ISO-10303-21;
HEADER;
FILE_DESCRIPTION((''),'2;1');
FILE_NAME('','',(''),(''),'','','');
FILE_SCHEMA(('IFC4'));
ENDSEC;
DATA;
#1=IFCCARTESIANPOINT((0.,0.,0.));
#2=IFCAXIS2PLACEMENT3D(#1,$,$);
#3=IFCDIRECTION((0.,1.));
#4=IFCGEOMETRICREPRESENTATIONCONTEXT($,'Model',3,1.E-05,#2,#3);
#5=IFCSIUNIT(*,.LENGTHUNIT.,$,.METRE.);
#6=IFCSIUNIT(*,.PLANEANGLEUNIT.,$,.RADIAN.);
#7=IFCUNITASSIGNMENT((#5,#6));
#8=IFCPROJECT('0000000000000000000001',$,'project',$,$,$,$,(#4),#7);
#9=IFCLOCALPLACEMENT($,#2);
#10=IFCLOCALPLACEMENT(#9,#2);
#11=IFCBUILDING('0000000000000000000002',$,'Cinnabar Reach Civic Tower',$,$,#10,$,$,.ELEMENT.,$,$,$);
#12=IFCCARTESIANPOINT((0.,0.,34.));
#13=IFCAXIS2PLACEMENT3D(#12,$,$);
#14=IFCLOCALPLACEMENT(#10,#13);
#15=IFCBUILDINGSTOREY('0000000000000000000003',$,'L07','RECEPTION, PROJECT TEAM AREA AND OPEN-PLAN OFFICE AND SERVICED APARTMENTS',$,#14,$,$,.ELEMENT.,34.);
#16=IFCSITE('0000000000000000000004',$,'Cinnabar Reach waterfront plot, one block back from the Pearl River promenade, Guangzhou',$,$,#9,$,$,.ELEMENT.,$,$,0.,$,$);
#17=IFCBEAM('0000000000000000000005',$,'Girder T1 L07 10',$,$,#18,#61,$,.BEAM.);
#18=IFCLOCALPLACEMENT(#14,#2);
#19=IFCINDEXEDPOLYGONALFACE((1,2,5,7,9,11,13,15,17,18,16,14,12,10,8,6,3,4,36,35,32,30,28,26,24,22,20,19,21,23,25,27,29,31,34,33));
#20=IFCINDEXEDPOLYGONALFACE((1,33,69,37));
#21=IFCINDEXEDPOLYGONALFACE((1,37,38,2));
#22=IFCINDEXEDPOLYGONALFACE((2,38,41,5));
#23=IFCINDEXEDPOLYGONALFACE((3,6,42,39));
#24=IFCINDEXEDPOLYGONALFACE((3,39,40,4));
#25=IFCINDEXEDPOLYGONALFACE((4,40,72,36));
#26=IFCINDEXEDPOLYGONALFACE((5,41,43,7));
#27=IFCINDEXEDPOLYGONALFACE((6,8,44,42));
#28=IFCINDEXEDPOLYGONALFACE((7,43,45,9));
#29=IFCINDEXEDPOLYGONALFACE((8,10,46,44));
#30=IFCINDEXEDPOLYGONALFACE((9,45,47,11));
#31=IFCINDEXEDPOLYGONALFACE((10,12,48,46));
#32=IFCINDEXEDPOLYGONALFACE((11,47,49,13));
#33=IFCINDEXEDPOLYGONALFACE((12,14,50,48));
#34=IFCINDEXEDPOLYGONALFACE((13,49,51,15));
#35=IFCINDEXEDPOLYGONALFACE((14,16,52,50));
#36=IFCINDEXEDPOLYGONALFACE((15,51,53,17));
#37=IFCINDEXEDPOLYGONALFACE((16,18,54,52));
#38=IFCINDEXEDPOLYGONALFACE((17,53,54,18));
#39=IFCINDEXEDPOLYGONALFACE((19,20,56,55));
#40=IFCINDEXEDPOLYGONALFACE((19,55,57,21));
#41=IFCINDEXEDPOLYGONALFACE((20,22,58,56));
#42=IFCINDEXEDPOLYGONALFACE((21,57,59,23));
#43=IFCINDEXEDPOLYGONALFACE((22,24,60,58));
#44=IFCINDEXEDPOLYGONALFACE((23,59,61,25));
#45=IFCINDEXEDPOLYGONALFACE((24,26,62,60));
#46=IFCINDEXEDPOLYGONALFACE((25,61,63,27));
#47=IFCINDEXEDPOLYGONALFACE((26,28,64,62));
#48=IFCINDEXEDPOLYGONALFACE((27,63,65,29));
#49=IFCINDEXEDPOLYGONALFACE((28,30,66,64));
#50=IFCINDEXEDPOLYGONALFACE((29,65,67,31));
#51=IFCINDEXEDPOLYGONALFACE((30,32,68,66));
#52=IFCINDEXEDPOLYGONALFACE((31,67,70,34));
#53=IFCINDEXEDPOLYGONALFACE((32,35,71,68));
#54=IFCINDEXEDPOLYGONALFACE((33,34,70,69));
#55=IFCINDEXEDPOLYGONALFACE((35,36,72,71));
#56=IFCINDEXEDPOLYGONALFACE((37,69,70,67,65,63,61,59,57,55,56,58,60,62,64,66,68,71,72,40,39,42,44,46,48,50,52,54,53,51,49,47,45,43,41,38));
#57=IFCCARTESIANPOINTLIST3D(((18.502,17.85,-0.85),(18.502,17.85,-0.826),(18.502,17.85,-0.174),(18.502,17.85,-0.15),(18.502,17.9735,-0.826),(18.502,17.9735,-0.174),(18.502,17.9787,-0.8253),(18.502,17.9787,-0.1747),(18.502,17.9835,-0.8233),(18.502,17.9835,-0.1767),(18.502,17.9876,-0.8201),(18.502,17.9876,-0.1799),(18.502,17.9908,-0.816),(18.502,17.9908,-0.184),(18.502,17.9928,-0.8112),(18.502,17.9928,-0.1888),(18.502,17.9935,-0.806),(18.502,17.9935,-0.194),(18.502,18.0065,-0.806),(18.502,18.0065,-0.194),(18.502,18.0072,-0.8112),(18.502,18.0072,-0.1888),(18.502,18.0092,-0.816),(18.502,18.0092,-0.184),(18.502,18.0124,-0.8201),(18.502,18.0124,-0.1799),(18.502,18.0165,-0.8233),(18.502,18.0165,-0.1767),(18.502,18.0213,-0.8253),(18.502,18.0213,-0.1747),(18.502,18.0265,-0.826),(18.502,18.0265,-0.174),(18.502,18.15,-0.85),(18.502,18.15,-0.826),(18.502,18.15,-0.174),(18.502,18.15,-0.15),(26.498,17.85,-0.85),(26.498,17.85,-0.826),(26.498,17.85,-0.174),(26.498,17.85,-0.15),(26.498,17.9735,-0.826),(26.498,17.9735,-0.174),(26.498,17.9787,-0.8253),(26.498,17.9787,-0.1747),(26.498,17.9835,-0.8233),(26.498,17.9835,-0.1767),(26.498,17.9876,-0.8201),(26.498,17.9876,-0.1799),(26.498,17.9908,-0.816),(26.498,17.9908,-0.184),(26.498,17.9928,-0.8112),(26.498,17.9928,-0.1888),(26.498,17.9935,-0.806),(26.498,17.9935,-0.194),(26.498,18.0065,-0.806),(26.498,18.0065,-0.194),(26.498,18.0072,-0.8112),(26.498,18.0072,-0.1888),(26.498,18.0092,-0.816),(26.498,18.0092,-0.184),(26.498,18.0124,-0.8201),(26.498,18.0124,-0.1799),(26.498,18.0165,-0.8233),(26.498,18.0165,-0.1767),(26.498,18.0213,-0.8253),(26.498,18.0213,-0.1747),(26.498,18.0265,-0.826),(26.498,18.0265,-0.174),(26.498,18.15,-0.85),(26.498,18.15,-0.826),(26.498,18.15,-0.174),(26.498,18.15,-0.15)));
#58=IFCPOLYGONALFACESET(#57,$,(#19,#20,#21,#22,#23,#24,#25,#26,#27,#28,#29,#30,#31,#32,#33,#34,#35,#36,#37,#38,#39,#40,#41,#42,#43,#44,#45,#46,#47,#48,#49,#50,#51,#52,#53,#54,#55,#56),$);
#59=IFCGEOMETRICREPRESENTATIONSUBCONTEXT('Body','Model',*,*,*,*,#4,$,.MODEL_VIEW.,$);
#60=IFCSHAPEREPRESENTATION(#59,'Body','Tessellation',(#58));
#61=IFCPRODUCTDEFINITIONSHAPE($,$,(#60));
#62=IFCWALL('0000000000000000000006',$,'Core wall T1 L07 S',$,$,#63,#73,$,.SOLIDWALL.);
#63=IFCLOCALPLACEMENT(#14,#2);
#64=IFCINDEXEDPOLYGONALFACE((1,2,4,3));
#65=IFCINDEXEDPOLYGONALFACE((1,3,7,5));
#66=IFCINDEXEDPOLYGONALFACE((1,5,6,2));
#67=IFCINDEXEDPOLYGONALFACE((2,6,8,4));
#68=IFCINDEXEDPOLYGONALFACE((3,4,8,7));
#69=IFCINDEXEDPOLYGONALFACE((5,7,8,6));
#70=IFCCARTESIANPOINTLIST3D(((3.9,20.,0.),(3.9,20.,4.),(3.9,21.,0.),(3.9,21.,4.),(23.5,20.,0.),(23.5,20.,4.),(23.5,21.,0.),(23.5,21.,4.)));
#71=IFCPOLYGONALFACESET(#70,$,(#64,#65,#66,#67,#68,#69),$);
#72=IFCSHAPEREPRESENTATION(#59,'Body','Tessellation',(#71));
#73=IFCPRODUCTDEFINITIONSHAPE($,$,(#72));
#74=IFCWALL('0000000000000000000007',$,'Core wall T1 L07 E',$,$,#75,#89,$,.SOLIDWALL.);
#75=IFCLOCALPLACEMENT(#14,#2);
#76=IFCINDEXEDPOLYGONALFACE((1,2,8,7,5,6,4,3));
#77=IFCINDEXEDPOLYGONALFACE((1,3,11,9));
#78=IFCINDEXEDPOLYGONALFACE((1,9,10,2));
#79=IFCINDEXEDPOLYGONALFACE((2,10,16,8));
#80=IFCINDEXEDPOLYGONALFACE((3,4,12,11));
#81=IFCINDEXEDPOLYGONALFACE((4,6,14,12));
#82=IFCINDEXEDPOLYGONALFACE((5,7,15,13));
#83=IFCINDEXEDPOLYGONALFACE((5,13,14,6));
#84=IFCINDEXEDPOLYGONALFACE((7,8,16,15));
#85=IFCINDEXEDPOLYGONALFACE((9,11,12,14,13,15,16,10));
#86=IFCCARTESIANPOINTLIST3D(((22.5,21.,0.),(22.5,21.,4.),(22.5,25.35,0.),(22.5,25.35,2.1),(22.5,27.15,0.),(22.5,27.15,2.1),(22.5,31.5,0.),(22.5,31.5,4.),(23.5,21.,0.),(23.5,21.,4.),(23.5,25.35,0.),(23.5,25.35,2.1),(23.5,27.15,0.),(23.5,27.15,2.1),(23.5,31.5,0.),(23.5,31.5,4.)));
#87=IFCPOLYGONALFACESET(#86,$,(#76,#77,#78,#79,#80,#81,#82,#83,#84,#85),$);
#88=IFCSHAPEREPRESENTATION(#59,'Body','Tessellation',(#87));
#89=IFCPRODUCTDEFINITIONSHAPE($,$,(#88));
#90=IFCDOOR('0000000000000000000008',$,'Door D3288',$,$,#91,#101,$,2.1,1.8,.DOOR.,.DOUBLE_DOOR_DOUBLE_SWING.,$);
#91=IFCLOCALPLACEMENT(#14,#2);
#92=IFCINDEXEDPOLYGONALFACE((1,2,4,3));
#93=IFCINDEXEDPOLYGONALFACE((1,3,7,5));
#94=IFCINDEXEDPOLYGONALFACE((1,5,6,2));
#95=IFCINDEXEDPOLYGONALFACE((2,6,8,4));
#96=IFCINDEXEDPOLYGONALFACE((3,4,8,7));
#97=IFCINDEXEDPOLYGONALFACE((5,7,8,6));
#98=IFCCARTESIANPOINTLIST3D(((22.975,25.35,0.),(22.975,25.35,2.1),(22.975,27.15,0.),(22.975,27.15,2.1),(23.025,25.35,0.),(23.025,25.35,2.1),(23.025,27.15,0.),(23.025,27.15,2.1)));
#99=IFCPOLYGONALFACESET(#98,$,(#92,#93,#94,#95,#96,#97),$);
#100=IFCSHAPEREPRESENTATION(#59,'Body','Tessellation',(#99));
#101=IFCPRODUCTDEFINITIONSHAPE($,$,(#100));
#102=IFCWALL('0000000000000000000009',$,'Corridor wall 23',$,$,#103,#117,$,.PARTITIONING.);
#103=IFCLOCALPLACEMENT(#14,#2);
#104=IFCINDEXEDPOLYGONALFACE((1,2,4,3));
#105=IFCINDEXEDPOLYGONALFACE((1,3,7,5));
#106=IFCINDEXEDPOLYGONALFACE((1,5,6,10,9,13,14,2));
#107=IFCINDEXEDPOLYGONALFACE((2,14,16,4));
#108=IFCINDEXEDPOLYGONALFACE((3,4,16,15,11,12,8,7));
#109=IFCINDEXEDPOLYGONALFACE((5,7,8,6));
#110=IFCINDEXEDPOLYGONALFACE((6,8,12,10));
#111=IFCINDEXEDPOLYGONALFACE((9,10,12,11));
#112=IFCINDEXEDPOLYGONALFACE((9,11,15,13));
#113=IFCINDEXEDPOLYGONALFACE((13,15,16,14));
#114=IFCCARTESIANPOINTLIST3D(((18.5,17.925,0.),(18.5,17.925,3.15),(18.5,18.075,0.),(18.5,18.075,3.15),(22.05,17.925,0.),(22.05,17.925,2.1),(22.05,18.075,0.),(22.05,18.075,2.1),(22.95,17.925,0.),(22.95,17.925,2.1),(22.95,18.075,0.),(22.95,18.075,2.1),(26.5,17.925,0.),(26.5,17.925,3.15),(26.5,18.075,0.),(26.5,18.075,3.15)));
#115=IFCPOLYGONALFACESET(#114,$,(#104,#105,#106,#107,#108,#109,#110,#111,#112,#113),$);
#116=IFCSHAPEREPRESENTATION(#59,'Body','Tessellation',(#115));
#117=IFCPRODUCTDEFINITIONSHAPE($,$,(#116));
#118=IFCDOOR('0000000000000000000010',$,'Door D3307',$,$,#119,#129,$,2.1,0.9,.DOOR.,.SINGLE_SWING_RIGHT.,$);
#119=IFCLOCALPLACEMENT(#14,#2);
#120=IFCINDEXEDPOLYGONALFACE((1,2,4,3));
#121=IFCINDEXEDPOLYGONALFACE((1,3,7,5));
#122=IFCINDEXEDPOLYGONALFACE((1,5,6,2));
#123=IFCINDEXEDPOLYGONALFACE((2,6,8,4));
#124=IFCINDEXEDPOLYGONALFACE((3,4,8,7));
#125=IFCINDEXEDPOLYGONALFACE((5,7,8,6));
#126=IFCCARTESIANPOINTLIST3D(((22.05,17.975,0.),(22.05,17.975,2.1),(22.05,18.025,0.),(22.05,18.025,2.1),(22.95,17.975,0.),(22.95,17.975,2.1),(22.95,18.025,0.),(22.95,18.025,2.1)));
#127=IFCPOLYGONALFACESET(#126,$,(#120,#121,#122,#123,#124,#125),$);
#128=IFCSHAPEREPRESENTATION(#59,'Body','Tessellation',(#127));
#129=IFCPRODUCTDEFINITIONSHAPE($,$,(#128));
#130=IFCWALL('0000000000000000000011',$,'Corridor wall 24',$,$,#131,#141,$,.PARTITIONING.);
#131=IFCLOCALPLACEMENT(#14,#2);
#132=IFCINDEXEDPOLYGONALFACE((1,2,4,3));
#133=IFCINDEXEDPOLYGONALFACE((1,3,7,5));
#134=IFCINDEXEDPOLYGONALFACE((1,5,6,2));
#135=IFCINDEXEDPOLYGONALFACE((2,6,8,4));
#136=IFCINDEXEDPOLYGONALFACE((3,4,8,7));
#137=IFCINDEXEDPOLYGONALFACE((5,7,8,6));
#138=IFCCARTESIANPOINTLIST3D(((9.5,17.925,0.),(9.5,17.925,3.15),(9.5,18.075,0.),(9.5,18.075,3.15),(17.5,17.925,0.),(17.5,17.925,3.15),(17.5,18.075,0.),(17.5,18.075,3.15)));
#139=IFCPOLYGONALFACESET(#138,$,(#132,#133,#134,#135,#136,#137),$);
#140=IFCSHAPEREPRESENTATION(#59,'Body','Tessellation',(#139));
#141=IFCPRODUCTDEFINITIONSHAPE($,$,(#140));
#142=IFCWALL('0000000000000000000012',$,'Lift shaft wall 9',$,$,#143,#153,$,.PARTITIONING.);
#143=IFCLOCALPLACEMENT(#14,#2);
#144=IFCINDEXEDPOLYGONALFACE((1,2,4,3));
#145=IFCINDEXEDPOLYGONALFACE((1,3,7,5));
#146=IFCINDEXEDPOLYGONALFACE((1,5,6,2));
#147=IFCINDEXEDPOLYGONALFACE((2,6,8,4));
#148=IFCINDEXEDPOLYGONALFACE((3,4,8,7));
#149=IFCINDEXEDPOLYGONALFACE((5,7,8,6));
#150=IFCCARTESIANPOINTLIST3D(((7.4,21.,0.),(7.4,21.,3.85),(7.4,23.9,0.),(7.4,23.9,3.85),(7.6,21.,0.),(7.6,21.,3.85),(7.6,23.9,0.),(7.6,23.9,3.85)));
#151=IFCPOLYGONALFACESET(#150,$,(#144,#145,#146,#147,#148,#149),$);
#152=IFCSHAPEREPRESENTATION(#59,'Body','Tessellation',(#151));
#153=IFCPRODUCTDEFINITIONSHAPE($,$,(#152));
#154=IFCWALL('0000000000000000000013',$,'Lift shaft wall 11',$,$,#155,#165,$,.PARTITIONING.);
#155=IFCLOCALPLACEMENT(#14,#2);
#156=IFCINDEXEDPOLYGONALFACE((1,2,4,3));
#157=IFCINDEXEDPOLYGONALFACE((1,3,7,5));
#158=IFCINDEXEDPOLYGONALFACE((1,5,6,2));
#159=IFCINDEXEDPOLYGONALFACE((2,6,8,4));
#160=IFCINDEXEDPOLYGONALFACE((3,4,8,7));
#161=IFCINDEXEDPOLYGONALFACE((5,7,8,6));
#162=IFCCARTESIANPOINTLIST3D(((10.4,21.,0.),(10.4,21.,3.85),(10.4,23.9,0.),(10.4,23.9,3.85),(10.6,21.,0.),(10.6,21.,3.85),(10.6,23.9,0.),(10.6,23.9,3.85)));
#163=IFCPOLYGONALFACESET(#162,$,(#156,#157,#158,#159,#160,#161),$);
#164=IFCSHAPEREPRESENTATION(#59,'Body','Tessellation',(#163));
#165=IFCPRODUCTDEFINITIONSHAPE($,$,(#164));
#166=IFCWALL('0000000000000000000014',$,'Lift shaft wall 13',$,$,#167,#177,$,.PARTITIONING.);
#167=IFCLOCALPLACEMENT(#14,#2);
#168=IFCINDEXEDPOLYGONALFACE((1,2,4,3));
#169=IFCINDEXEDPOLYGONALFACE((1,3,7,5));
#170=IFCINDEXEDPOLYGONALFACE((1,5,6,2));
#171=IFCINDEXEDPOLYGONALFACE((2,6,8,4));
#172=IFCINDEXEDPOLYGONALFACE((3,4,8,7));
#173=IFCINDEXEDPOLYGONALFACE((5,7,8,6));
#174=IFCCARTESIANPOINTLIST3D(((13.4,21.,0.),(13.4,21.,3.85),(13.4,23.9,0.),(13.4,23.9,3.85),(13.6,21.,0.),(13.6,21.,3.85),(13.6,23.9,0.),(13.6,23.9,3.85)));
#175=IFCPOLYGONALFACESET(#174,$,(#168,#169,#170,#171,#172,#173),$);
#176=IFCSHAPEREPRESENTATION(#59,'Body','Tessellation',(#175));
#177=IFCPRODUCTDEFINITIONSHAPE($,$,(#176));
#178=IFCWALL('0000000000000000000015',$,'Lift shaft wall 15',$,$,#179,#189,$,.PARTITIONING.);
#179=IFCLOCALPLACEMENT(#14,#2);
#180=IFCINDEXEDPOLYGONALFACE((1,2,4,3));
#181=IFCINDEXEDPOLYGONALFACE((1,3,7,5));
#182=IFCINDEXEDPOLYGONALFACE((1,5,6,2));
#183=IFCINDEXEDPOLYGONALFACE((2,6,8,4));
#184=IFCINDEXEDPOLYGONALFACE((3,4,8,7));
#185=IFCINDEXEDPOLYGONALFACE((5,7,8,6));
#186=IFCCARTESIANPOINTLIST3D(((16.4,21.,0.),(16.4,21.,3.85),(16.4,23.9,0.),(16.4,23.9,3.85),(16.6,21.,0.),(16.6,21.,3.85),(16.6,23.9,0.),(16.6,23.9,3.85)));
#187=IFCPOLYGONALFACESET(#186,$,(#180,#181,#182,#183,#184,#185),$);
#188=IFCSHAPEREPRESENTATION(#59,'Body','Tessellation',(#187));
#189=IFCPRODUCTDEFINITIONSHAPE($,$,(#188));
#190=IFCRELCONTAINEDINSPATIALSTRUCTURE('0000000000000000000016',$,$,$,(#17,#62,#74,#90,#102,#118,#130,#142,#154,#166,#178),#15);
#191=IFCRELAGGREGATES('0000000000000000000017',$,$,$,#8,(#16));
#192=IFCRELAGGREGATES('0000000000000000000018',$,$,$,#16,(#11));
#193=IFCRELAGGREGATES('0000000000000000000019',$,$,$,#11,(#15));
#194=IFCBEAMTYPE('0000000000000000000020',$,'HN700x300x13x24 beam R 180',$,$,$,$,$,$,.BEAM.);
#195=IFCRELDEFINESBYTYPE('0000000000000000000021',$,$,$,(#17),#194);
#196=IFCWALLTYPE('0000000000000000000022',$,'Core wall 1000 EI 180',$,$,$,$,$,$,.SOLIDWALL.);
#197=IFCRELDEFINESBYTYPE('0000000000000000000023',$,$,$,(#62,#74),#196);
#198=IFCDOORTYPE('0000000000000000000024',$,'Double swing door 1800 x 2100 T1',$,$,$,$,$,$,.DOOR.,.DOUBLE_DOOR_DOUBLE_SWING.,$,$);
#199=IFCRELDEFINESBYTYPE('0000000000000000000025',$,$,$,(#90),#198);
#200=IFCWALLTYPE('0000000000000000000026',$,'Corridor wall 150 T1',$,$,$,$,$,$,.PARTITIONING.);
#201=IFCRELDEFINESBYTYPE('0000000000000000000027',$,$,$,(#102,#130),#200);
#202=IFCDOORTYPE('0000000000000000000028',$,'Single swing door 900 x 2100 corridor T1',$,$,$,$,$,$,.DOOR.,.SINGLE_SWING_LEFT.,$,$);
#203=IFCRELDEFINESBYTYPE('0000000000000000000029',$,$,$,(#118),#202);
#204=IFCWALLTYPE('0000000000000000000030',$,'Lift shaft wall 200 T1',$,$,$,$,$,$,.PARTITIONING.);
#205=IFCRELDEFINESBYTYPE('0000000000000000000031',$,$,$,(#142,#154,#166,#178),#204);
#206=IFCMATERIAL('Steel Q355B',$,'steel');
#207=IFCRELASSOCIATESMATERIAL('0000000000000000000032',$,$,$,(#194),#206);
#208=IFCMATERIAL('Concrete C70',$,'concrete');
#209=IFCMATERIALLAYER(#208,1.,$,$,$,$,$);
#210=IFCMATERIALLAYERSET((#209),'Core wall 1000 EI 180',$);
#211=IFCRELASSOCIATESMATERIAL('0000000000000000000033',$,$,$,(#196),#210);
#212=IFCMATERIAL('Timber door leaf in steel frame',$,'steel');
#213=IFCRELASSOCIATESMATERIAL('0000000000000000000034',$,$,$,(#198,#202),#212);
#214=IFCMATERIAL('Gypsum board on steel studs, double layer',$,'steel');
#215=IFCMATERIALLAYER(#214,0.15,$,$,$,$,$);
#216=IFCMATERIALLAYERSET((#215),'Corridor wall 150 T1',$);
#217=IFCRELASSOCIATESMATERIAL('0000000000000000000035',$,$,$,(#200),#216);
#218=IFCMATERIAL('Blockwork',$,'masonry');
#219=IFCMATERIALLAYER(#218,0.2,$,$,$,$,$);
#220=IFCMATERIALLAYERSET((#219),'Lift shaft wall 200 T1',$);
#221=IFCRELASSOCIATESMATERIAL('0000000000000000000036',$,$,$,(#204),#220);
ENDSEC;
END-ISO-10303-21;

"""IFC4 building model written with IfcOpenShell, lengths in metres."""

from ifc_helpers import new_model, si_unit, direction, frame, frame_2d, origin, origin_2d, place, context, subcontext, project, spatial, rectangle, i_section, extrude, material, layer, layer_set, material_profile, profile_set, type_object, element, fill, save


model = new_model("IFC4")

# Units and contexts
model_context = context("Model", 3, precision=1e-05, world=origin(), true_north=direction((0.0, 1.0)))
body_context = subcontext(model_context, "Body", "Model", "MODEL_VIEW")
ifc_project = project(units=[si_unit("LENGTHUNIT", "METRE"), si_unit("PLANEANGLEUNIT", "RADIAN")], contexts=[model_context])

# Site, building, storey
site_placement = place(None, origin())
site = spatial("IfcSite", under=ifc_project, at=site_placement, Name="Cinnabar Reach waterfront plot, one block back from the Pearl River promenade, Guangzhou", CompositionType="ELEMENT", RefElevation=0.0)
building_placement = place(site_placement, origin())
building = spatial("IfcBuilding", under=site, at=building_placement, Name="Cinnabar Reach Civic Tower", CompositionType="ELEMENT")
storey_placement = place(building_placement, frame((0.0, 0.0, 34.0)))
storey = spatial("IfcBuildingStorey", under=building, at=storey_placement, Name="L07", Description="RECEPTION, PROJECT TEAM AREA AND OPEN-PLAN OFFICE AND SERVICED APARTMENTS", CompositionType="ELEMENT", Elevation=34.0)

# Shared definitions
ifc_material_1 = material(Name="Concrete C70", Category="concrete")

# Beam
ifc_material_2 = material(Name="Steel Q355B", Category="steel")
ifc_material_profile_1 = material_profile(ifc_material_2, i_section(OverallWidth=0.3, OverallDepth=0.7, WebThickness=0.013, FlangeThickness=0.024, FilletRadius=0.02, at=origin_2d()), Name="HN700x300x13x24")
ifc_profile_set_1 = profile_set([ifc_material_profile_1], Name="Steel Q355B")
beam_type_1 = type_object("IfcBeamType", Name="HN700x300x13x24 beam R 180", PredefinedType="BEAM", material=ifc_profile_set_1)
for number, where, z_axis, x_axis, name in (
    (1, (18.502, 18.0, -0.5), (1.0, 0.0, 0.0), (0.0, 1.0, 0.0), "Girder T1 L07 10"),
):
    element("IfcBeam", number, at=place(storey_placement, frame(where, z_axis=z_axis, x_axis=x_axis)), inside=storey, type_object=beam_type_1, Name=name, PredefinedType="BEAM", context=body_context, shape_type="SweptSolid", body=[
        extrude(i_section(OverallWidth=0.3, OverallDepth=0.7, WebThickness=0.013, FlangeThickness=0.024, FilletRadius=0.02, at=origin_2d()), origin(), (0.0, 0.0, 1.0), 7.996),
    ])

# Wall
ifc_layer_1 = layer(ifc_material_1, 1.0)
ifc_layer_set_1 = layer_set([ifc_layer_1], Name="Core wall 1000 EI 180")
wall_type_1 = type_object("IfcWallType", Name="Core wall 1000 EI 180", PredefinedType="SOLIDWALL", material=ifc_layer_set_1)
wall_1_placement = place(storey_placement, frame((3.9, 20.5, 0.0), z_axis=(0.0, 0.0, 1.0), x_axis=(1.0, 0.0, 0.0)))
element("IfcWall", 2, at=wall_1_placement, inside=storey, type_object=wall_type_1, Name="Core wall T1 L07 S", PredefinedType="SOLIDWALL", context=body_context, shape_type="SweptSolid", body=[
    extrude(rectangle(XDim=19.6, YDim=1.0, at=frame_2d((9.8, 0.0))), origin(), (0.0, 0.0, 1.0), 4.0),
])

# Walls, openings, doors
wall_2_placement = place(storey_placement, frame((23.0, 21.0, 0.0), z_axis=(0.0, 0.0, 1.0), x_axis=(0.0, 1.0, 0.0)))
wall_2 = element("IfcWall", 3, at=wall_2_placement, inside=storey, type_object=wall_type_1, Name="Core wall T1 L07 E", PredefinedType="SOLIDWALL", context=body_context, shape_type="SweptSolid", body=[
    extrude(rectangle(XDim=10.5, YDim=1.0, at=frame_2d((5.25, 0.0))), origin(), (0.0, 0.0, 1.0), 4.0),
])
opening_1_placement = place(wall_2_placement, frame((4.35, 0.0, 0.0)))
opening_1 = element("IfcOpeningElement", 4, at=opening_1_placement, cuts=wall_2, PredefinedType="OPENING", context=body_context, shape_type="SweptSolid", body=[
    extrude(rectangle(XDim=1.8, YDim=2.1, at=frame_2d((0.9, 1.05))), frame((0.0, 0.51, 0.0), z_axis=(0.0, -1.0, 0.0), x_axis=(1.0, 0.0, 0.0)), (0.0, 0.0, 1.0), 1.02),
])
ifc_material_3 = material(Name="Timber door leaf in steel frame", Category="steel")
door_type_1 = type_object("IfcDoorType", Name="Double swing door 1800 x 2100 T1", OperationType="DOUBLE_DOOR_DOUBLE_SWING", PredefinedType="DOOR", material=ifc_material_3)
door_1_placement = place(opening_1_placement, origin())
door_1 = element("IfcDoor", 5, at=door_1_placement, inside=storey, type_object=door_type_1, Name="Door D3288", OperationType="DOUBLE_DOOR_DOUBLE_SWING", OverallHeight=2.1, OverallWidth=1.8, PredefinedType="DOOR", context=body_context, shape_type="SweptSolid", body=[
    extrude(rectangle(XDim=1.8, YDim=2.1, at=frame_2d((0.9, 1.05))), frame((0.0, 0.025, 0.0), z_axis=(0.0, -1.0, 0.0), x_axis=(1.0, 0.0, 0.0)), (0.0, 0.0, 1.0), 0.05),
])
fill(opening_1, door_1)
ifc_material_4 = material(Name="Gypsum board on steel studs, double layer", Category="steel")
ifc_layer_2 = layer(ifc_material_4, 0.15)
ifc_layer_set_2 = layer_set([ifc_layer_2], Name="Corridor wall 150 T1")
wall_type_2 = type_object("IfcWallType", Name="Corridor wall 150 T1", PredefinedType="PARTITIONING", material=ifc_layer_set_2)
wall_3_placement = place(storey_placement, frame((18.5, 18.0, 0.0), z_axis=(0.0, 0.0, 1.0), x_axis=(1.0, 0.0, 0.0)))
wall_3 = element("IfcWall", 6, at=wall_3_placement, inside=storey, type_object=wall_type_2, Name="Corridor wall 23", PredefinedType="PARTITIONING", context=body_context, shape_type="SweptSolid", body=[
    extrude(rectangle(XDim=8.0, YDim=0.15, at=frame_2d((4.0, 0.0))), origin(), (0.0, 0.0, 1.0), 3.15),
])
opening_2_placement = place(wall_3_placement, frame((3.55, 0.0, 0.0)))
opening_2 = element("IfcOpeningElement", 7, at=opening_2_placement, cuts=wall_3, PredefinedType="OPENING", context=body_context, shape_type="SweptSolid", body=[
    extrude(rectangle(XDim=0.9, YDim=2.1, at=frame_2d((0.45, 1.05))), frame((0.0, 0.085, 0.0), z_axis=(0.0, -1.0, 0.0), x_axis=(1.0, 0.0, 0.0)), (0.0, 0.0, 1.0), 0.17),
])
door_type_2 = type_object("IfcDoorType", Name="Single swing door 900 x 2100 corridor T1", OperationType="SINGLE_SWING_LEFT", PredefinedType="DOOR", material=ifc_material_3)
door_2_placement = place(opening_2_placement, frame((0.9, 0.0, 0.0), z_axis=(0.0, 0.0, 1.0), x_axis=(-1.0, 0.0, 0.0)))
door_2 = element("IfcDoor", 8, at=door_2_placement, inside=storey, type_object=door_type_2, Name="Door D3307", OperationType="SINGLE_SWING_RIGHT", OverallHeight=2.1, OverallWidth=0.9, PredefinedType="DOOR", context=body_context, shape_type="SweptSolid", body=[
    extrude(rectangle(XDim=0.9, YDim=2.1, at=frame_2d((0.45, 1.05))), frame((0.0, 0.025, 0.0), z_axis=(0.0, -1.0, 0.0), x_axis=(1.0, 0.0, 0.0)), (0.0, 0.0, 1.0), 0.05),
])
fill(opening_2, door_2)

# Walls
wall_4_placement = place(storey_placement, frame((9.5, 18.0, 0.0), z_axis=(0.0, 0.0, 1.0), x_axis=(1.0, 0.0, 0.0)))
element("IfcWall", 9, at=wall_4_placement, inside=storey, type_object=wall_type_2, Name="Corridor wall 24", PredefinedType="PARTITIONING", context=body_context, shape_type="SweptSolid", body=[
    extrude(rectangle(XDim=8.0, YDim=0.15, at=frame_2d((4.0, 0.0))), origin(), (0.0, 0.0, 1.0), 3.15),
])
ifc_material_5 = material(Name="Blockwork", Category="masonry")
ifc_layer_3 = layer(ifc_material_5, 0.2)
ifc_layer_set_3 = layer_set([ifc_layer_3], Name="Lift shaft wall 200 T1")
wall_type_3 = type_object("IfcWallType", Name="Lift shaft wall 200 T1", PredefinedType="PARTITIONING", material=ifc_layer_set_3)
for number, where, z_axis, x_axis, name in (
    (10, (7.5, 21.0, 0.0), (0.0, 0.0, 1.0), (0.0, 1.0, 0.0), "Lift shaft wall 9"),
    (11, (10.5, 21.0, 0.0), (0.0, 0.0, 1.0), (0.0, 1.0, 0.0), "Lift shaft wall 11"),
    (12, (13.5, 21.0, 0.0), (0.0, 0.0, 1.0), (0.0, 1.0, 0.0), "Lift shaft wall 13"),
    (13, (16.5, 21.0, 0.0), (0.0, 0.0, 1.0), (0.0, 1.0, 0.0), "Lift shaft wall 15"),
):
    element("IfcWall", number, at=place(storey_placement, frame(where, z_axis=z_axis, x_axis=x_axis)), inside=storey, type_object=wall_type_3, Name=name, PredefinedType="PARTITIONING", context=body_context, shape_type="SweptSolid", body=[
        extrude(rectangle(XDim=2.9, YDim=0.2, at=frame_2d((1.45, 0.0))), origin(), (0.0, 0.0, 1.0), 3.85),
    ])

save(model, "model.ifc")
